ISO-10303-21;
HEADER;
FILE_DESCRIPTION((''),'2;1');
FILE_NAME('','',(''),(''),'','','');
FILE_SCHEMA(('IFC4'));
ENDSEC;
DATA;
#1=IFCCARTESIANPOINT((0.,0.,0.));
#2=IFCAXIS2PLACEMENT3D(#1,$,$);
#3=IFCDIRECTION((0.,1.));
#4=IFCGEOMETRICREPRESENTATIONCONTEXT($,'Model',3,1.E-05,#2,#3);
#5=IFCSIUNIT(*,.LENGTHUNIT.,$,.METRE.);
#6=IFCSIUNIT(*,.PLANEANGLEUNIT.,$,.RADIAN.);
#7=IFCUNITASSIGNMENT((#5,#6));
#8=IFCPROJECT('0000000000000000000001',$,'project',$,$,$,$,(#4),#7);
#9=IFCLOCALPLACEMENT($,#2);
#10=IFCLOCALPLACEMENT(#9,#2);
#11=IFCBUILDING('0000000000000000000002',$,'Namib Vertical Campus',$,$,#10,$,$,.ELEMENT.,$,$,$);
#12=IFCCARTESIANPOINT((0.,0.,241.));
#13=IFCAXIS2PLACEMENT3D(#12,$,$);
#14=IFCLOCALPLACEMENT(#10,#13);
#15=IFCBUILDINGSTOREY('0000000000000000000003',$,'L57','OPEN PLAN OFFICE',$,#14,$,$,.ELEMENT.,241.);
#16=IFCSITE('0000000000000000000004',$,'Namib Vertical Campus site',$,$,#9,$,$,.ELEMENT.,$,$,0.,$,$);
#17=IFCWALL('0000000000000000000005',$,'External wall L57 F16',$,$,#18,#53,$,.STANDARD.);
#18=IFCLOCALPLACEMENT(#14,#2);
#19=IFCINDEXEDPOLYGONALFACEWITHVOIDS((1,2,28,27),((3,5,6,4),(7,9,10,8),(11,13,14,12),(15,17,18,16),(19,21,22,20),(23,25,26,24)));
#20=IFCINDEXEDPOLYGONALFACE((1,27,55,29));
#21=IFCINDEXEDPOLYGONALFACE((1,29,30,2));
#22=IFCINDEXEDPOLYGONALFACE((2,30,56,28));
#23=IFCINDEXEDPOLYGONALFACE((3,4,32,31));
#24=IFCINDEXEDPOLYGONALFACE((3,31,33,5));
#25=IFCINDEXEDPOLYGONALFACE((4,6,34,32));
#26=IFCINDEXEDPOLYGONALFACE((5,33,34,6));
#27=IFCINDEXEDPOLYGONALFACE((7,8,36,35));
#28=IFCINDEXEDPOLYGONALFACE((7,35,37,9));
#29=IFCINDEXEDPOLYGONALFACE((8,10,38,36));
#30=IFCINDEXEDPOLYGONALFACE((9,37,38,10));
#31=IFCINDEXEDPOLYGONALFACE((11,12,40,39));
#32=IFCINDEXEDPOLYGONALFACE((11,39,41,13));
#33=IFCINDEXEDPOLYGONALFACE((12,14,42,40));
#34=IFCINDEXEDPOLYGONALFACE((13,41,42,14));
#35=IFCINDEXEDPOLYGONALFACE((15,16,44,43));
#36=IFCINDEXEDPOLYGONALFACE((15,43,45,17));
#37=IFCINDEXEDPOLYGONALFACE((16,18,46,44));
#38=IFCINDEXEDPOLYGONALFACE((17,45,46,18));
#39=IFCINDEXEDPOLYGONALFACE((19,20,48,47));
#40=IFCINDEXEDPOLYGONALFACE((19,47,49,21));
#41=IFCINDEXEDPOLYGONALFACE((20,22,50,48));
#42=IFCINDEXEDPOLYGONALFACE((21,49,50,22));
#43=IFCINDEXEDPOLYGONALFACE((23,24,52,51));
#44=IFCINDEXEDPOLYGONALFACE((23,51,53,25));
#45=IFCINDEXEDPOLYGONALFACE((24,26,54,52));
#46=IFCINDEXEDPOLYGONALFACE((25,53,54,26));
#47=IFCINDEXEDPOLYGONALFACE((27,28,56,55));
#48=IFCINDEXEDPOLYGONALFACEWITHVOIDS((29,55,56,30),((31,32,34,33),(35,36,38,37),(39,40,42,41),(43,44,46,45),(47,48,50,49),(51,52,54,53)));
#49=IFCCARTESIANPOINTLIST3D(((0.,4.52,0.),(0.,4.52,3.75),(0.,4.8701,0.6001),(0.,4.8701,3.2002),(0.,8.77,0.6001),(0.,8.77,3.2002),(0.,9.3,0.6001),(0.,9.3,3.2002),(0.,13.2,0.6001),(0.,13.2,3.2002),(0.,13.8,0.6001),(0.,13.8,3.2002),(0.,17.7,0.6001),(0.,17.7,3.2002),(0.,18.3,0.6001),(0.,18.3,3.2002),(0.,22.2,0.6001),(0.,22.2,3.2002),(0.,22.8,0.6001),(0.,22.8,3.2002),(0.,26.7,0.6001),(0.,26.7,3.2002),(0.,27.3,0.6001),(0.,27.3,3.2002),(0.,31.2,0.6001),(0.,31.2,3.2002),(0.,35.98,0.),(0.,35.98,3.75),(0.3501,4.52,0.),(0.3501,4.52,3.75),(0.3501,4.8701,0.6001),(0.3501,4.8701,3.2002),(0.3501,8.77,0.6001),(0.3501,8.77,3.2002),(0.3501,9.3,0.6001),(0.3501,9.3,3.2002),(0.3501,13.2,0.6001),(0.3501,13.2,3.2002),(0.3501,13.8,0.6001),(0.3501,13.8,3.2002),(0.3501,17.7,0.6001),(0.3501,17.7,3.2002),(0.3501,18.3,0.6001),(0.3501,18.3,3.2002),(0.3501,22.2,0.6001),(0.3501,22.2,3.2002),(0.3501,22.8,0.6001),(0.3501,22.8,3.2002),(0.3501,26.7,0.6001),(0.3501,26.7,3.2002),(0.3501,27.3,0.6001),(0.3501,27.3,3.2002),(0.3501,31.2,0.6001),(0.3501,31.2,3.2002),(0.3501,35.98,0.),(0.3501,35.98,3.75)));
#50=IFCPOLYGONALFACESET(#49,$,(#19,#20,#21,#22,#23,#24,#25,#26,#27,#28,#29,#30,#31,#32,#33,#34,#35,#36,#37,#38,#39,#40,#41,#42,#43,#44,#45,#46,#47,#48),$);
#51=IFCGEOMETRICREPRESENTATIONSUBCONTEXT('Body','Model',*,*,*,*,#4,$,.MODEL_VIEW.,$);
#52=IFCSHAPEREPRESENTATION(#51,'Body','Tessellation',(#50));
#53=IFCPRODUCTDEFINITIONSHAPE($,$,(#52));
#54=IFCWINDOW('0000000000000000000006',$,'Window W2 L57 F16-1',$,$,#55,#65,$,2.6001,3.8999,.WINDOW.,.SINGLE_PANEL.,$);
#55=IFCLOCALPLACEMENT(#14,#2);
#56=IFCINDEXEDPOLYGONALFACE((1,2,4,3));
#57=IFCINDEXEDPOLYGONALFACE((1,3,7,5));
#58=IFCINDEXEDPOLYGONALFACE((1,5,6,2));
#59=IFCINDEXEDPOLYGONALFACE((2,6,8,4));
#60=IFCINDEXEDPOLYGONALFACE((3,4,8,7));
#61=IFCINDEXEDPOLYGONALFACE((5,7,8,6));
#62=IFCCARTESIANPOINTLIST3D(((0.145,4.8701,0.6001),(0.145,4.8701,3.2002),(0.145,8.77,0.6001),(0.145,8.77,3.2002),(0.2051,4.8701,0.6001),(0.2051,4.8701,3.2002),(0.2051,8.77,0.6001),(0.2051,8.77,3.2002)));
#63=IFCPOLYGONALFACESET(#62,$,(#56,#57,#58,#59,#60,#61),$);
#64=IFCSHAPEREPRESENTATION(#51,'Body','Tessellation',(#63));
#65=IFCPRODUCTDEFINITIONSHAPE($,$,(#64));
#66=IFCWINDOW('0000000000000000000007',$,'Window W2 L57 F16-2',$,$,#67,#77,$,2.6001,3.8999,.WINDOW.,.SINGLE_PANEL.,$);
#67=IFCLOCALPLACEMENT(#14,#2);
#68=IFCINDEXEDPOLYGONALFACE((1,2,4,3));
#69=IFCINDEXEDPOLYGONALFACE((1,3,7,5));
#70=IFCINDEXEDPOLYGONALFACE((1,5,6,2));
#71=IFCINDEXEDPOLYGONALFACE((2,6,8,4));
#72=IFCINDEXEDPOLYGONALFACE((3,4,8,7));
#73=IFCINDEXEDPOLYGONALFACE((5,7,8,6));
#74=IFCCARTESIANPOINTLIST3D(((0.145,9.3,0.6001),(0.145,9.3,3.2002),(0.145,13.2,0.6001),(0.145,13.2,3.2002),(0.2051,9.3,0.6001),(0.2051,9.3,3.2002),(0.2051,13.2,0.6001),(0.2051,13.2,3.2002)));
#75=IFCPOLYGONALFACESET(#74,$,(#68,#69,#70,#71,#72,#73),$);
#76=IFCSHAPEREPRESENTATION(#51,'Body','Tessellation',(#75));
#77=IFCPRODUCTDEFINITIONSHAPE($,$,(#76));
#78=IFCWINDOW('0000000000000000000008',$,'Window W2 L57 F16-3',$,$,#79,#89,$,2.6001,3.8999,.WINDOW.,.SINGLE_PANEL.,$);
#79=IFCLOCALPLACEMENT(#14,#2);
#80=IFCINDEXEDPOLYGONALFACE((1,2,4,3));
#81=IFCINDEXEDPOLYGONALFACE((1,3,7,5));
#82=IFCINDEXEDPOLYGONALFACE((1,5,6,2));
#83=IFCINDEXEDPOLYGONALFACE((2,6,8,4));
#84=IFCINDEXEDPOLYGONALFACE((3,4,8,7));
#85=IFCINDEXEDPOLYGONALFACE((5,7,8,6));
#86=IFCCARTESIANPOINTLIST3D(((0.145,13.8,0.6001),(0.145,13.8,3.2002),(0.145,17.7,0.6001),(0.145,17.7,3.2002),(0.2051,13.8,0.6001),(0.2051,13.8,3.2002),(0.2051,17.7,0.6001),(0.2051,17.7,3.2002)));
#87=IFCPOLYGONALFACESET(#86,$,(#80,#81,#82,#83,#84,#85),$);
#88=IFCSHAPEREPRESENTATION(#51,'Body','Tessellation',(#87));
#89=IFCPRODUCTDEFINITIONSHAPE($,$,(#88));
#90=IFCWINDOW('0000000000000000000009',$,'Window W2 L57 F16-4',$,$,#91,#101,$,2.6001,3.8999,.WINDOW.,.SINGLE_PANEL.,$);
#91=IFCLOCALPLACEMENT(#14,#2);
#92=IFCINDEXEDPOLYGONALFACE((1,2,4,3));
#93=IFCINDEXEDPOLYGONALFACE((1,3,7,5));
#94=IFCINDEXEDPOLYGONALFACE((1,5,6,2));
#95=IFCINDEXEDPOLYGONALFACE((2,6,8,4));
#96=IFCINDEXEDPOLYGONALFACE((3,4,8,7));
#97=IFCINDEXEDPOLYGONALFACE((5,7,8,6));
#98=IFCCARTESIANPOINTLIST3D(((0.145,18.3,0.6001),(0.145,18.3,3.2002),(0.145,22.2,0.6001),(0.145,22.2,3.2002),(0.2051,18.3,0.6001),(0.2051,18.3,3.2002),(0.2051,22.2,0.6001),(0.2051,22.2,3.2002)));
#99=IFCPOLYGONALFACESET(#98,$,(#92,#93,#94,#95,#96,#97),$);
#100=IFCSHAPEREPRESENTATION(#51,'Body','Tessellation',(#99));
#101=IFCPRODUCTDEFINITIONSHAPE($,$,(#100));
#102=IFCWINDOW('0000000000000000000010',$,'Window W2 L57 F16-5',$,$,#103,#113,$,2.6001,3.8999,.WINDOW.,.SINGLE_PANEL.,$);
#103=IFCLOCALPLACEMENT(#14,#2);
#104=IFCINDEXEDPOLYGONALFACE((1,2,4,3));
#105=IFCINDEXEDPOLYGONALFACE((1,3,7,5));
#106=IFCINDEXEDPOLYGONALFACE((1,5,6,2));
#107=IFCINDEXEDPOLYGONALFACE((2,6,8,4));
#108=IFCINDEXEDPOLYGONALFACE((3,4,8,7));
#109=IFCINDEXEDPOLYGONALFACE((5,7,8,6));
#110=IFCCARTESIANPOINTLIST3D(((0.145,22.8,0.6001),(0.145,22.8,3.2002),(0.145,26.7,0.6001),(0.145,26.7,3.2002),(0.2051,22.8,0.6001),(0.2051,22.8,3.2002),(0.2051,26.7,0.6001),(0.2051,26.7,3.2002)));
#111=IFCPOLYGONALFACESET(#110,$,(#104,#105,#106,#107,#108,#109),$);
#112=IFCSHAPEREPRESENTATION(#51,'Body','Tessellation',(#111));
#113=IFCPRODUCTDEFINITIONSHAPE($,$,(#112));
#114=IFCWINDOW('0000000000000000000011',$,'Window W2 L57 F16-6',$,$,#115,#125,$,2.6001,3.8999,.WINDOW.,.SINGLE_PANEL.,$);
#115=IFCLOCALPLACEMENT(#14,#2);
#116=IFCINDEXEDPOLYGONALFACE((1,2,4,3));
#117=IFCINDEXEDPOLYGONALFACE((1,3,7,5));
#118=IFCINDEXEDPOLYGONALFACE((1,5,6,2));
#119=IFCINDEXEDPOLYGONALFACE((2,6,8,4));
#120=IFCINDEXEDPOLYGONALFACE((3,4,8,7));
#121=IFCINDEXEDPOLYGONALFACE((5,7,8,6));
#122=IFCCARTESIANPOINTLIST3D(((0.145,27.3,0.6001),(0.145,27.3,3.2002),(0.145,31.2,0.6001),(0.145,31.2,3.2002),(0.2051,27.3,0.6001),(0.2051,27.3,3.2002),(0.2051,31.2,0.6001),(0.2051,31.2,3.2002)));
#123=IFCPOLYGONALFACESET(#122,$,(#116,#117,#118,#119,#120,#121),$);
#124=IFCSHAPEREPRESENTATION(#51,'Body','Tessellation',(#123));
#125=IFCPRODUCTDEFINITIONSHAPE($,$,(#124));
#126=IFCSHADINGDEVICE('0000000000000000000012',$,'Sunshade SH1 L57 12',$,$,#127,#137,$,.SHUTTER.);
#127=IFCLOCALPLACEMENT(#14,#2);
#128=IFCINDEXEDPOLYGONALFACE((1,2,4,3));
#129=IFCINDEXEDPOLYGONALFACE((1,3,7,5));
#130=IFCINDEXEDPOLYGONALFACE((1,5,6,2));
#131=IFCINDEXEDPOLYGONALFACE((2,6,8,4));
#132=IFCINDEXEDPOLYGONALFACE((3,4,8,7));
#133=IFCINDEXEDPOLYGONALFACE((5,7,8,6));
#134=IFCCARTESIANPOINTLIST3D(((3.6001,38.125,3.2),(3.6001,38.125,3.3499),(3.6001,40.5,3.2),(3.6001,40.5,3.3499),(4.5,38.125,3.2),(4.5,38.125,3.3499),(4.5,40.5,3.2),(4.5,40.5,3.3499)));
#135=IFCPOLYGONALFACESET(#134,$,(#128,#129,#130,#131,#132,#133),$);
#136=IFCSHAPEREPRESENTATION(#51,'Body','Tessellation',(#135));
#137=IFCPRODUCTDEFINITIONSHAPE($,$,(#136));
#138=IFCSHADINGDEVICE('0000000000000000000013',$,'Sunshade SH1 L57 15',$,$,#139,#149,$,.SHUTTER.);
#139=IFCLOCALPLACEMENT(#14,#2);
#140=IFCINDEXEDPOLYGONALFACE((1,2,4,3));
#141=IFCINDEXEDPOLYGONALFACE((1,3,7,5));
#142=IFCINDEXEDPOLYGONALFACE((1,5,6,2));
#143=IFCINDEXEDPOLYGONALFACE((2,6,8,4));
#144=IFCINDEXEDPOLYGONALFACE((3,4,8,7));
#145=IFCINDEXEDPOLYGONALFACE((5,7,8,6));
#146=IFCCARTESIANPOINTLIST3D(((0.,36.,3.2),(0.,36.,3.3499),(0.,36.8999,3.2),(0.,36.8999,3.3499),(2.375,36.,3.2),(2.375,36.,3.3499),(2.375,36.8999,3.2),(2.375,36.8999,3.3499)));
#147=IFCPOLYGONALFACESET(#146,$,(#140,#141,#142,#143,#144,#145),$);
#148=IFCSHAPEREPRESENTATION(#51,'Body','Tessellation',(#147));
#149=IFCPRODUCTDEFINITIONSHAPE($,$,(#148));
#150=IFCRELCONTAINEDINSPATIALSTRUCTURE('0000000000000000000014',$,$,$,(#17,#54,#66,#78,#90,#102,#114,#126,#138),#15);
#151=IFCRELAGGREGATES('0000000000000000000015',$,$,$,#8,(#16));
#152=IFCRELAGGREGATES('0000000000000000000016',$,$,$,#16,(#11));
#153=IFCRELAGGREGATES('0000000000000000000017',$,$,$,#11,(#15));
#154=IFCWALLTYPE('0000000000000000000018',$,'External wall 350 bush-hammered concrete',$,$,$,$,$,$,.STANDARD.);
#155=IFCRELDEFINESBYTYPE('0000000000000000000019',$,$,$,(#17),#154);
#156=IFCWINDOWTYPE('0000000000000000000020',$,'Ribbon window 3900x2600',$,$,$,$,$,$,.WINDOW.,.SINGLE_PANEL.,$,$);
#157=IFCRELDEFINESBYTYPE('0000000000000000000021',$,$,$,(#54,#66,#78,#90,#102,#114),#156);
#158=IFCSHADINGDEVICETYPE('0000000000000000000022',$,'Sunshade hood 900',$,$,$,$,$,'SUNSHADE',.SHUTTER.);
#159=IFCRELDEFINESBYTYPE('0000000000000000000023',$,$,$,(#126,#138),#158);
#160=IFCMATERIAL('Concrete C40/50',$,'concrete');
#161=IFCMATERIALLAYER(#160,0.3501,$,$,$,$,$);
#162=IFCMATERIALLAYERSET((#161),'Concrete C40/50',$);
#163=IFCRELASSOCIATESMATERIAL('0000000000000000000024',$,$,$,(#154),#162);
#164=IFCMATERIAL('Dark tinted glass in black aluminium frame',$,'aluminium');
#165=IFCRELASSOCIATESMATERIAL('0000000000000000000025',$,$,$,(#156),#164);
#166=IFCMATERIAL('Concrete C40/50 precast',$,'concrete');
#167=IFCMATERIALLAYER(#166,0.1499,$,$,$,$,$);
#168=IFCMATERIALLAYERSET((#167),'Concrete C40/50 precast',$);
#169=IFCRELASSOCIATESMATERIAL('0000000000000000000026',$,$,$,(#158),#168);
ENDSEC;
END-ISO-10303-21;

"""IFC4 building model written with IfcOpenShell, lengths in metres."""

from ifc_helpers import new_model, si_unit, direction, frame, frame_2d, origin, origin_2d, place, context, subcontext, project, spatial, rectangle, extrude, material, layer, layer_set, type_object, element, fill, save


model = new_model("IFC4")

# Units and contexts
model_context = context("Model", 3, precision=1e-05, world=origin(), true_north=direction((0.0, 1.0)))
body_context = subcontext(model_context, "Body", "Model", "MODEL_VIEW")
ifc_project = project(units=[si_unit("LENGTHUNIT", "METRE"), si_unit("PLANEANGLEUNIT", "RADIAN")], contexts=[model_context])

# Site, building, storey
site_placement = place(None, origin())
site = spatial("IfcSite", under=ifc_project, at=site_placement, Name="Namib Vertical Campus site", CompositionType="ELEMENT", RefElevation=0.0)
building_placement = place(site_placement, origin())
building = spatial("IfcBuilding", under=site, at=building_placement, Name="Namib Vertical Campus", CompositionType="ELEMENT")
storey_placement = place(building_placement, frame((0.0, 0.0, 241.0)))
storey = spatial("IfcBuildingStorey", under=building, at=storey_placement, Name="L57", Description="OPEN PLAN OFFICE", CompositionType="ELEMENT", Elevation=241.0)

# Shared definitions
ifc_material_1 = material(Name="Concrete C40/50", Category="concrete")
ifc_layer_1 = layer(ifc_material_1, 0.3501)
ifc_layer_set_1 = layer_set([ifc_layer_1], Name="Concrete C40/50")
wall_type_1 = type_object("IfcWallType", Name="External wall 350 bush-hammered concrete", PredefinedType="STANDARD", material=ifc_layer_set_1)

# Wall, openings, windows
wall_1_placement = place(storey_placement, frame((0.175, 35.98, 0.0), z_axis=(0.0, 0.0, 1.0), x_axis=(0.0, -1.0, 0.0)))
wall_1 = element("IfcWall", 1, at=wall_1_placement, inside=storey, type_object=wall_type_1, Name="External wall L57 F16", PredefinedType="STANDARD", context=body_context, shape_type="SweptSolid", body=[
    extrude(rectangle(XDim=31.46, YDim=0.3501, at=frame_2d((15.73, 0.0))), origin(), (0.0, 0.0, 1.0), 3.75),
])
opening_1_placement = place(wall_1_placement, frame((27.21, 0.0, 0.6001)))
opening_1 = element("IfcOpeningElement", 2, at=opening_1_placement, cuts=wall_1, PredefinedType="OPENING", context=body_context, shape_type="SweptSolid", body=[
    extrude(rectangle(XDim=3.8999, YDim=2.6001, at=frame_2d((1.95, 1.3))), frame((0.0, 0.1851, 0.0), z_axis=(0.0, -1.0, 0.0), x_axis=(1.0, 0.0, 0.0)), (0.0, 0.0, 1.0), 0.3701),
])
opening_2_placement = place(wall_1_placement, frame((22.78, 0.0, 0.6001)))
opening_2 = element("IfcOpeningElement", 3, at=opening_2_placement, cuts=wall_1, PredefinedType="OPENING", context=body_context, shape_type="SweptSolid", body=[
    extrude(rectangle(XDim=3.8999, YDim=2.6001, at=frame_2d((1.95, 1.3))), frame((0.0, 0.1851, 0.0), z_axis=(0.0, -1.0, 0.0), x_axis=(1.0, 0.0, 0.0)), (0.0, 0.0, 1.0), 0.3701),
])
opening_3_placement = place(wall_1_placement, frame((18.28, 0.0, 0.6001)))
opening_3 = element("IfcOpeningElement", 4, at=opening_3_placement, cuts=wall_1, PredefinedType="OPENING", context=body_context, shape_type="SweptSolid", body=[
    extrude(rectangle(XDim=3.8999, YDim=2.6001, at=frame_2d((1.95, 1.3))), frame((0.0, 0.1851, 0.0), z_axis=(0.0, -1.0, 0.0), x_axis=(1.0, 0.0, 0.0)), (0.0, 0.0, 1.0), 0.3701),
])
opening_4_placement = place(wall_1_placement, frame((13.78, 0.0, 0.6001)))
opening_4 = element("IfcOpeningElement", 5, at=opening_4_placement, cuts=wall_1, PredefinedType="OPENING", context=body_context, shape_type="SweptSolid", body=[
    extrude(rectangle(XDim=3.8999, YDim=2.6001, at=frame_2d((1.95, 1.3))), frame((0.0, 0.1851, 0.0), z_axis=(0.0, -1.0, 0.0), x_axis=(1.0, 0.0, 0.0)), (0.0, 0.0, 1.0), 0.3701),
])
opening_5_placement = place(wall_1_placement, frame((9.28, 0.0, 0.6001)))
opening_5 = element("IfcOpeningElement", 6, at=opening_5_placement, cuts=wall_1, PredefinedType="OPENING", context=body_context, shape_type="SweptSolid", body=[
    extrude(rectangle(XDim=3.8999, YDim=2.6001, at=frame_2d((1.95, 1.3))), frame((0.0, 0.1851, 0.0), z_axis=(0.0, -1.0, 0.0), x_axis=(1.0, 0.0, 0.0)), (0.0, 0.0, 1.0), 0.3701),
])
opening_6_placement = place(wall_1_placement, frame((4.78, 0.0, 0.6001)))
opening_6 = element("IfcOpeningElement", 7, at=opening_6_placement, cuts=wall_1, PredefinedType="OPENING", context=body_context, shape_type="SweptSolid", body=[
    extrude(rectangle(XDim=3.8999, YDim=2.6001, at=frame_2d((1.95, 1.3))), frame((0.0, 0.1851, 0.0), z_axis=(0.0, -1.0, 0.0), x_axis=(1.0, 0.0, 0.0)), (0.0, 0.0, 1.0), 0.3701),
])
ifc_material_2 = material(Name="Dark tinted glass in black aluminium frame", Category="aluminium")
window_type = type_object("IfcWindowType", Name="Ribbon window 3900x2600", PartitioningType="SINGLE_PANEL", PredefinedType="WINDOW", material=ifc_material_2)
window_1_placement = place(opening_1_placement, origin())
window_1 = element("IfcWindow", 8, at=window_1_placement, inside=storey, type_object=window_type, Name="Window W2 L57 F16-1", OverallHeight=2.6001, OverallWidth=3.8999, PartitioningType="SINGLE_PANEL", PredefinedType="WINDOW", context=body_context, shape_type="SweptSolid", body=[
    extrude(rectangle(XDim=3.8999, YDim=2.6001, at=frame_2d((1.95, 1.3))), frame((0.0, 0.03, 0.0), z_axis=(0.0, -1.0, 0.0), x_axis=(1.0, 0.0, 0.0)), (0.0, 0.0, 1.0), 0.0601),
])
fill(opening_1, window_1)
window_2_placement = place(opening_2_placement, origin())
window_2 = element("IfcWindow", 9, at=window_2_placement, inside=storey, type_object=window_type, Name="Window W2 L57 F16-2", OverallHeight=2.6001, OverallWidth=3.8999, PartitioningType="SINGLE_PANEL", PredefinedType="WINDOW", context=body_context, shape_type="SweptSolid", body=[
    extrude(rectangle(XDim=3.8999, YDim=2.6001, at=frame_2d((1.95, 1.3))), frame((0.0, 0.03, 0.0), z_axis=(0.0, -1.0, 0.0), x_axis=(1.0, 0.0, 0.0)), (0.0, 0.0, 1.0), 0.0601),
])
fill(opening_2, window_2)
window_3_placement = place(opening_3_placement, origin())
window_3 = element("IfcWindow", 10, at=window_3_placement, inside=storey, type_object=window_type, Name="Window W2 L57 F16-3", OverallHeight=2.6001, OverallWidth=3.8999, PartitioningType="SINGLE_PANEL", PredefinedType="WINDOW", context=body_context, shape_type="SweptSolid", body=[
    extrude(rectangle(XDim=3.8999, YDim=2.6001, at=frame_2d((1.95, 1.3))), frame((0.0, 0.03, 0.0), z_axis=(0.0, -1.0, 0.0), x_axis=(1.0, 0.0, 0.0)), (0.0, 0.0, 1.0), 0.0601),
])
fill(opening_3, window_3)
window_4_placement = place(opening_4_placement, origin())
window_4 = element("IfcWindow", 11, at=window_4_placement, inside=storey, type_object=window_type, Name="Window W2 L57 F16-4", OverallHeight=2.6001, OverallWidth=3.8999, PartitioningType="SINGLE_PANEL", PredefinedType="WINDOW", context=body_context, shape_type="SweptSolid", body=[
    extrude(rectangle(XDim=3.8999, YDim=2.6001, at=frame_2d((1.95, 1.3))), frame((0.0, 0.03, 0.0), z_axis=(0.0, -1.0, 0.0), x_axis=(1.0, 0.0, 0.0)), (0.0, 0.0, 1.0), 0.0601),
])
fill(opening_4, window_4)
window_5_placement = place(opening_5_placement, origin())
window_5 = element("IfcWindow", 12, at=window_5_placement, inside=storey, type_object=window_type, Name="Window W2 L57 F16-5", OverallHeight=2.6001, OverallWidth=3.8999, PartitioningType="SINGLE_PANEL", PredefinedType="WINDOW", context=body_context, shape_type="SweptSolid", body=[
    extrude(rectangle(XDim=3.8999, YDim=2.6001, at=frame_2d((1.95, 1.3))), frame((0.0, 0.03, 0.0), z_axis=(0.0, -1.0, 0.0), x_axis=(1.0, 0.0, 0.0)), (0.0, 0.0, 1.0), 0.0601),
])
fill(opening_5, window_5)
window_6_placement = place(opening_6_placement, origin())
window_6 = element("IfcWindow", 13, at=window_6_placement, inside=storey, type_object=window_type, Name="Window W2 L57 F16-6", OverallHeight=2.6001, OverallWidth=3.8999, PartitioningType="SINGLE_PANEL", PredefinedType="WINDOW", context=body_context, shape_type="SweptSolid", body=[
    extrude(rectangle(XDim=3.8999, YDim=2.6001, at=frame_2d((1.95, 1.3))), frame((0.0, 0.03, 0.0), z_axis=(0.0, -1.0, 0.0), x_axis=(1.0, 0.0, 0.0)), (0.0, 0.0, 1.0), 0.0601),
])
fill(opening_6, window_6)

# Shading devices
ifc_material_3 = material(Name="Concrete C40/50 precast", Category="concrete")
ifc_layer_2 = layer(ifc_material_3, 0.1499)
ifc_layer_set_2 = layer_set([ifc_layer_2], Name="Concrete C40/50 precast")
shading_device_type = type_object("IfcShadingDeviceType", Name="Sunshade hood 900", ElementType="SUNSHADE", PredefinedType="SHUTTER", material=ifc_layer_set_2)
for number, where, z_axis, x_axis, name in (
    (14, (4.05, 39.3125, 3.2), (0.0, 0.0, 1.0), (0.0, -1.0, 0.0), "Sunshade SH1 L57 12"),
    (15, (1.1875, 36.45, 3.2), (0.0, 0.0, 1.0), (-1.0, 0.0, 0.0), "Sunshade SH1 L57 15"),
):
    element("IfcShadingDevice", number, at=place(storey_placement, frame(where, z_axis=z_axis, x_axis=x_axis)), inside=storey, type_object=shading_device_type, Name=name, PredefinedType="SHUTTER", context=body_context, shape_type="SweptSolid", body=[
        extrude(rectangle(XDim=2.375, YDim=0.8999, at=origin_2d()), origin(), (0.0, 0.0, 1.0), 0.1499),
    ])

save(model, "model.ifc")
